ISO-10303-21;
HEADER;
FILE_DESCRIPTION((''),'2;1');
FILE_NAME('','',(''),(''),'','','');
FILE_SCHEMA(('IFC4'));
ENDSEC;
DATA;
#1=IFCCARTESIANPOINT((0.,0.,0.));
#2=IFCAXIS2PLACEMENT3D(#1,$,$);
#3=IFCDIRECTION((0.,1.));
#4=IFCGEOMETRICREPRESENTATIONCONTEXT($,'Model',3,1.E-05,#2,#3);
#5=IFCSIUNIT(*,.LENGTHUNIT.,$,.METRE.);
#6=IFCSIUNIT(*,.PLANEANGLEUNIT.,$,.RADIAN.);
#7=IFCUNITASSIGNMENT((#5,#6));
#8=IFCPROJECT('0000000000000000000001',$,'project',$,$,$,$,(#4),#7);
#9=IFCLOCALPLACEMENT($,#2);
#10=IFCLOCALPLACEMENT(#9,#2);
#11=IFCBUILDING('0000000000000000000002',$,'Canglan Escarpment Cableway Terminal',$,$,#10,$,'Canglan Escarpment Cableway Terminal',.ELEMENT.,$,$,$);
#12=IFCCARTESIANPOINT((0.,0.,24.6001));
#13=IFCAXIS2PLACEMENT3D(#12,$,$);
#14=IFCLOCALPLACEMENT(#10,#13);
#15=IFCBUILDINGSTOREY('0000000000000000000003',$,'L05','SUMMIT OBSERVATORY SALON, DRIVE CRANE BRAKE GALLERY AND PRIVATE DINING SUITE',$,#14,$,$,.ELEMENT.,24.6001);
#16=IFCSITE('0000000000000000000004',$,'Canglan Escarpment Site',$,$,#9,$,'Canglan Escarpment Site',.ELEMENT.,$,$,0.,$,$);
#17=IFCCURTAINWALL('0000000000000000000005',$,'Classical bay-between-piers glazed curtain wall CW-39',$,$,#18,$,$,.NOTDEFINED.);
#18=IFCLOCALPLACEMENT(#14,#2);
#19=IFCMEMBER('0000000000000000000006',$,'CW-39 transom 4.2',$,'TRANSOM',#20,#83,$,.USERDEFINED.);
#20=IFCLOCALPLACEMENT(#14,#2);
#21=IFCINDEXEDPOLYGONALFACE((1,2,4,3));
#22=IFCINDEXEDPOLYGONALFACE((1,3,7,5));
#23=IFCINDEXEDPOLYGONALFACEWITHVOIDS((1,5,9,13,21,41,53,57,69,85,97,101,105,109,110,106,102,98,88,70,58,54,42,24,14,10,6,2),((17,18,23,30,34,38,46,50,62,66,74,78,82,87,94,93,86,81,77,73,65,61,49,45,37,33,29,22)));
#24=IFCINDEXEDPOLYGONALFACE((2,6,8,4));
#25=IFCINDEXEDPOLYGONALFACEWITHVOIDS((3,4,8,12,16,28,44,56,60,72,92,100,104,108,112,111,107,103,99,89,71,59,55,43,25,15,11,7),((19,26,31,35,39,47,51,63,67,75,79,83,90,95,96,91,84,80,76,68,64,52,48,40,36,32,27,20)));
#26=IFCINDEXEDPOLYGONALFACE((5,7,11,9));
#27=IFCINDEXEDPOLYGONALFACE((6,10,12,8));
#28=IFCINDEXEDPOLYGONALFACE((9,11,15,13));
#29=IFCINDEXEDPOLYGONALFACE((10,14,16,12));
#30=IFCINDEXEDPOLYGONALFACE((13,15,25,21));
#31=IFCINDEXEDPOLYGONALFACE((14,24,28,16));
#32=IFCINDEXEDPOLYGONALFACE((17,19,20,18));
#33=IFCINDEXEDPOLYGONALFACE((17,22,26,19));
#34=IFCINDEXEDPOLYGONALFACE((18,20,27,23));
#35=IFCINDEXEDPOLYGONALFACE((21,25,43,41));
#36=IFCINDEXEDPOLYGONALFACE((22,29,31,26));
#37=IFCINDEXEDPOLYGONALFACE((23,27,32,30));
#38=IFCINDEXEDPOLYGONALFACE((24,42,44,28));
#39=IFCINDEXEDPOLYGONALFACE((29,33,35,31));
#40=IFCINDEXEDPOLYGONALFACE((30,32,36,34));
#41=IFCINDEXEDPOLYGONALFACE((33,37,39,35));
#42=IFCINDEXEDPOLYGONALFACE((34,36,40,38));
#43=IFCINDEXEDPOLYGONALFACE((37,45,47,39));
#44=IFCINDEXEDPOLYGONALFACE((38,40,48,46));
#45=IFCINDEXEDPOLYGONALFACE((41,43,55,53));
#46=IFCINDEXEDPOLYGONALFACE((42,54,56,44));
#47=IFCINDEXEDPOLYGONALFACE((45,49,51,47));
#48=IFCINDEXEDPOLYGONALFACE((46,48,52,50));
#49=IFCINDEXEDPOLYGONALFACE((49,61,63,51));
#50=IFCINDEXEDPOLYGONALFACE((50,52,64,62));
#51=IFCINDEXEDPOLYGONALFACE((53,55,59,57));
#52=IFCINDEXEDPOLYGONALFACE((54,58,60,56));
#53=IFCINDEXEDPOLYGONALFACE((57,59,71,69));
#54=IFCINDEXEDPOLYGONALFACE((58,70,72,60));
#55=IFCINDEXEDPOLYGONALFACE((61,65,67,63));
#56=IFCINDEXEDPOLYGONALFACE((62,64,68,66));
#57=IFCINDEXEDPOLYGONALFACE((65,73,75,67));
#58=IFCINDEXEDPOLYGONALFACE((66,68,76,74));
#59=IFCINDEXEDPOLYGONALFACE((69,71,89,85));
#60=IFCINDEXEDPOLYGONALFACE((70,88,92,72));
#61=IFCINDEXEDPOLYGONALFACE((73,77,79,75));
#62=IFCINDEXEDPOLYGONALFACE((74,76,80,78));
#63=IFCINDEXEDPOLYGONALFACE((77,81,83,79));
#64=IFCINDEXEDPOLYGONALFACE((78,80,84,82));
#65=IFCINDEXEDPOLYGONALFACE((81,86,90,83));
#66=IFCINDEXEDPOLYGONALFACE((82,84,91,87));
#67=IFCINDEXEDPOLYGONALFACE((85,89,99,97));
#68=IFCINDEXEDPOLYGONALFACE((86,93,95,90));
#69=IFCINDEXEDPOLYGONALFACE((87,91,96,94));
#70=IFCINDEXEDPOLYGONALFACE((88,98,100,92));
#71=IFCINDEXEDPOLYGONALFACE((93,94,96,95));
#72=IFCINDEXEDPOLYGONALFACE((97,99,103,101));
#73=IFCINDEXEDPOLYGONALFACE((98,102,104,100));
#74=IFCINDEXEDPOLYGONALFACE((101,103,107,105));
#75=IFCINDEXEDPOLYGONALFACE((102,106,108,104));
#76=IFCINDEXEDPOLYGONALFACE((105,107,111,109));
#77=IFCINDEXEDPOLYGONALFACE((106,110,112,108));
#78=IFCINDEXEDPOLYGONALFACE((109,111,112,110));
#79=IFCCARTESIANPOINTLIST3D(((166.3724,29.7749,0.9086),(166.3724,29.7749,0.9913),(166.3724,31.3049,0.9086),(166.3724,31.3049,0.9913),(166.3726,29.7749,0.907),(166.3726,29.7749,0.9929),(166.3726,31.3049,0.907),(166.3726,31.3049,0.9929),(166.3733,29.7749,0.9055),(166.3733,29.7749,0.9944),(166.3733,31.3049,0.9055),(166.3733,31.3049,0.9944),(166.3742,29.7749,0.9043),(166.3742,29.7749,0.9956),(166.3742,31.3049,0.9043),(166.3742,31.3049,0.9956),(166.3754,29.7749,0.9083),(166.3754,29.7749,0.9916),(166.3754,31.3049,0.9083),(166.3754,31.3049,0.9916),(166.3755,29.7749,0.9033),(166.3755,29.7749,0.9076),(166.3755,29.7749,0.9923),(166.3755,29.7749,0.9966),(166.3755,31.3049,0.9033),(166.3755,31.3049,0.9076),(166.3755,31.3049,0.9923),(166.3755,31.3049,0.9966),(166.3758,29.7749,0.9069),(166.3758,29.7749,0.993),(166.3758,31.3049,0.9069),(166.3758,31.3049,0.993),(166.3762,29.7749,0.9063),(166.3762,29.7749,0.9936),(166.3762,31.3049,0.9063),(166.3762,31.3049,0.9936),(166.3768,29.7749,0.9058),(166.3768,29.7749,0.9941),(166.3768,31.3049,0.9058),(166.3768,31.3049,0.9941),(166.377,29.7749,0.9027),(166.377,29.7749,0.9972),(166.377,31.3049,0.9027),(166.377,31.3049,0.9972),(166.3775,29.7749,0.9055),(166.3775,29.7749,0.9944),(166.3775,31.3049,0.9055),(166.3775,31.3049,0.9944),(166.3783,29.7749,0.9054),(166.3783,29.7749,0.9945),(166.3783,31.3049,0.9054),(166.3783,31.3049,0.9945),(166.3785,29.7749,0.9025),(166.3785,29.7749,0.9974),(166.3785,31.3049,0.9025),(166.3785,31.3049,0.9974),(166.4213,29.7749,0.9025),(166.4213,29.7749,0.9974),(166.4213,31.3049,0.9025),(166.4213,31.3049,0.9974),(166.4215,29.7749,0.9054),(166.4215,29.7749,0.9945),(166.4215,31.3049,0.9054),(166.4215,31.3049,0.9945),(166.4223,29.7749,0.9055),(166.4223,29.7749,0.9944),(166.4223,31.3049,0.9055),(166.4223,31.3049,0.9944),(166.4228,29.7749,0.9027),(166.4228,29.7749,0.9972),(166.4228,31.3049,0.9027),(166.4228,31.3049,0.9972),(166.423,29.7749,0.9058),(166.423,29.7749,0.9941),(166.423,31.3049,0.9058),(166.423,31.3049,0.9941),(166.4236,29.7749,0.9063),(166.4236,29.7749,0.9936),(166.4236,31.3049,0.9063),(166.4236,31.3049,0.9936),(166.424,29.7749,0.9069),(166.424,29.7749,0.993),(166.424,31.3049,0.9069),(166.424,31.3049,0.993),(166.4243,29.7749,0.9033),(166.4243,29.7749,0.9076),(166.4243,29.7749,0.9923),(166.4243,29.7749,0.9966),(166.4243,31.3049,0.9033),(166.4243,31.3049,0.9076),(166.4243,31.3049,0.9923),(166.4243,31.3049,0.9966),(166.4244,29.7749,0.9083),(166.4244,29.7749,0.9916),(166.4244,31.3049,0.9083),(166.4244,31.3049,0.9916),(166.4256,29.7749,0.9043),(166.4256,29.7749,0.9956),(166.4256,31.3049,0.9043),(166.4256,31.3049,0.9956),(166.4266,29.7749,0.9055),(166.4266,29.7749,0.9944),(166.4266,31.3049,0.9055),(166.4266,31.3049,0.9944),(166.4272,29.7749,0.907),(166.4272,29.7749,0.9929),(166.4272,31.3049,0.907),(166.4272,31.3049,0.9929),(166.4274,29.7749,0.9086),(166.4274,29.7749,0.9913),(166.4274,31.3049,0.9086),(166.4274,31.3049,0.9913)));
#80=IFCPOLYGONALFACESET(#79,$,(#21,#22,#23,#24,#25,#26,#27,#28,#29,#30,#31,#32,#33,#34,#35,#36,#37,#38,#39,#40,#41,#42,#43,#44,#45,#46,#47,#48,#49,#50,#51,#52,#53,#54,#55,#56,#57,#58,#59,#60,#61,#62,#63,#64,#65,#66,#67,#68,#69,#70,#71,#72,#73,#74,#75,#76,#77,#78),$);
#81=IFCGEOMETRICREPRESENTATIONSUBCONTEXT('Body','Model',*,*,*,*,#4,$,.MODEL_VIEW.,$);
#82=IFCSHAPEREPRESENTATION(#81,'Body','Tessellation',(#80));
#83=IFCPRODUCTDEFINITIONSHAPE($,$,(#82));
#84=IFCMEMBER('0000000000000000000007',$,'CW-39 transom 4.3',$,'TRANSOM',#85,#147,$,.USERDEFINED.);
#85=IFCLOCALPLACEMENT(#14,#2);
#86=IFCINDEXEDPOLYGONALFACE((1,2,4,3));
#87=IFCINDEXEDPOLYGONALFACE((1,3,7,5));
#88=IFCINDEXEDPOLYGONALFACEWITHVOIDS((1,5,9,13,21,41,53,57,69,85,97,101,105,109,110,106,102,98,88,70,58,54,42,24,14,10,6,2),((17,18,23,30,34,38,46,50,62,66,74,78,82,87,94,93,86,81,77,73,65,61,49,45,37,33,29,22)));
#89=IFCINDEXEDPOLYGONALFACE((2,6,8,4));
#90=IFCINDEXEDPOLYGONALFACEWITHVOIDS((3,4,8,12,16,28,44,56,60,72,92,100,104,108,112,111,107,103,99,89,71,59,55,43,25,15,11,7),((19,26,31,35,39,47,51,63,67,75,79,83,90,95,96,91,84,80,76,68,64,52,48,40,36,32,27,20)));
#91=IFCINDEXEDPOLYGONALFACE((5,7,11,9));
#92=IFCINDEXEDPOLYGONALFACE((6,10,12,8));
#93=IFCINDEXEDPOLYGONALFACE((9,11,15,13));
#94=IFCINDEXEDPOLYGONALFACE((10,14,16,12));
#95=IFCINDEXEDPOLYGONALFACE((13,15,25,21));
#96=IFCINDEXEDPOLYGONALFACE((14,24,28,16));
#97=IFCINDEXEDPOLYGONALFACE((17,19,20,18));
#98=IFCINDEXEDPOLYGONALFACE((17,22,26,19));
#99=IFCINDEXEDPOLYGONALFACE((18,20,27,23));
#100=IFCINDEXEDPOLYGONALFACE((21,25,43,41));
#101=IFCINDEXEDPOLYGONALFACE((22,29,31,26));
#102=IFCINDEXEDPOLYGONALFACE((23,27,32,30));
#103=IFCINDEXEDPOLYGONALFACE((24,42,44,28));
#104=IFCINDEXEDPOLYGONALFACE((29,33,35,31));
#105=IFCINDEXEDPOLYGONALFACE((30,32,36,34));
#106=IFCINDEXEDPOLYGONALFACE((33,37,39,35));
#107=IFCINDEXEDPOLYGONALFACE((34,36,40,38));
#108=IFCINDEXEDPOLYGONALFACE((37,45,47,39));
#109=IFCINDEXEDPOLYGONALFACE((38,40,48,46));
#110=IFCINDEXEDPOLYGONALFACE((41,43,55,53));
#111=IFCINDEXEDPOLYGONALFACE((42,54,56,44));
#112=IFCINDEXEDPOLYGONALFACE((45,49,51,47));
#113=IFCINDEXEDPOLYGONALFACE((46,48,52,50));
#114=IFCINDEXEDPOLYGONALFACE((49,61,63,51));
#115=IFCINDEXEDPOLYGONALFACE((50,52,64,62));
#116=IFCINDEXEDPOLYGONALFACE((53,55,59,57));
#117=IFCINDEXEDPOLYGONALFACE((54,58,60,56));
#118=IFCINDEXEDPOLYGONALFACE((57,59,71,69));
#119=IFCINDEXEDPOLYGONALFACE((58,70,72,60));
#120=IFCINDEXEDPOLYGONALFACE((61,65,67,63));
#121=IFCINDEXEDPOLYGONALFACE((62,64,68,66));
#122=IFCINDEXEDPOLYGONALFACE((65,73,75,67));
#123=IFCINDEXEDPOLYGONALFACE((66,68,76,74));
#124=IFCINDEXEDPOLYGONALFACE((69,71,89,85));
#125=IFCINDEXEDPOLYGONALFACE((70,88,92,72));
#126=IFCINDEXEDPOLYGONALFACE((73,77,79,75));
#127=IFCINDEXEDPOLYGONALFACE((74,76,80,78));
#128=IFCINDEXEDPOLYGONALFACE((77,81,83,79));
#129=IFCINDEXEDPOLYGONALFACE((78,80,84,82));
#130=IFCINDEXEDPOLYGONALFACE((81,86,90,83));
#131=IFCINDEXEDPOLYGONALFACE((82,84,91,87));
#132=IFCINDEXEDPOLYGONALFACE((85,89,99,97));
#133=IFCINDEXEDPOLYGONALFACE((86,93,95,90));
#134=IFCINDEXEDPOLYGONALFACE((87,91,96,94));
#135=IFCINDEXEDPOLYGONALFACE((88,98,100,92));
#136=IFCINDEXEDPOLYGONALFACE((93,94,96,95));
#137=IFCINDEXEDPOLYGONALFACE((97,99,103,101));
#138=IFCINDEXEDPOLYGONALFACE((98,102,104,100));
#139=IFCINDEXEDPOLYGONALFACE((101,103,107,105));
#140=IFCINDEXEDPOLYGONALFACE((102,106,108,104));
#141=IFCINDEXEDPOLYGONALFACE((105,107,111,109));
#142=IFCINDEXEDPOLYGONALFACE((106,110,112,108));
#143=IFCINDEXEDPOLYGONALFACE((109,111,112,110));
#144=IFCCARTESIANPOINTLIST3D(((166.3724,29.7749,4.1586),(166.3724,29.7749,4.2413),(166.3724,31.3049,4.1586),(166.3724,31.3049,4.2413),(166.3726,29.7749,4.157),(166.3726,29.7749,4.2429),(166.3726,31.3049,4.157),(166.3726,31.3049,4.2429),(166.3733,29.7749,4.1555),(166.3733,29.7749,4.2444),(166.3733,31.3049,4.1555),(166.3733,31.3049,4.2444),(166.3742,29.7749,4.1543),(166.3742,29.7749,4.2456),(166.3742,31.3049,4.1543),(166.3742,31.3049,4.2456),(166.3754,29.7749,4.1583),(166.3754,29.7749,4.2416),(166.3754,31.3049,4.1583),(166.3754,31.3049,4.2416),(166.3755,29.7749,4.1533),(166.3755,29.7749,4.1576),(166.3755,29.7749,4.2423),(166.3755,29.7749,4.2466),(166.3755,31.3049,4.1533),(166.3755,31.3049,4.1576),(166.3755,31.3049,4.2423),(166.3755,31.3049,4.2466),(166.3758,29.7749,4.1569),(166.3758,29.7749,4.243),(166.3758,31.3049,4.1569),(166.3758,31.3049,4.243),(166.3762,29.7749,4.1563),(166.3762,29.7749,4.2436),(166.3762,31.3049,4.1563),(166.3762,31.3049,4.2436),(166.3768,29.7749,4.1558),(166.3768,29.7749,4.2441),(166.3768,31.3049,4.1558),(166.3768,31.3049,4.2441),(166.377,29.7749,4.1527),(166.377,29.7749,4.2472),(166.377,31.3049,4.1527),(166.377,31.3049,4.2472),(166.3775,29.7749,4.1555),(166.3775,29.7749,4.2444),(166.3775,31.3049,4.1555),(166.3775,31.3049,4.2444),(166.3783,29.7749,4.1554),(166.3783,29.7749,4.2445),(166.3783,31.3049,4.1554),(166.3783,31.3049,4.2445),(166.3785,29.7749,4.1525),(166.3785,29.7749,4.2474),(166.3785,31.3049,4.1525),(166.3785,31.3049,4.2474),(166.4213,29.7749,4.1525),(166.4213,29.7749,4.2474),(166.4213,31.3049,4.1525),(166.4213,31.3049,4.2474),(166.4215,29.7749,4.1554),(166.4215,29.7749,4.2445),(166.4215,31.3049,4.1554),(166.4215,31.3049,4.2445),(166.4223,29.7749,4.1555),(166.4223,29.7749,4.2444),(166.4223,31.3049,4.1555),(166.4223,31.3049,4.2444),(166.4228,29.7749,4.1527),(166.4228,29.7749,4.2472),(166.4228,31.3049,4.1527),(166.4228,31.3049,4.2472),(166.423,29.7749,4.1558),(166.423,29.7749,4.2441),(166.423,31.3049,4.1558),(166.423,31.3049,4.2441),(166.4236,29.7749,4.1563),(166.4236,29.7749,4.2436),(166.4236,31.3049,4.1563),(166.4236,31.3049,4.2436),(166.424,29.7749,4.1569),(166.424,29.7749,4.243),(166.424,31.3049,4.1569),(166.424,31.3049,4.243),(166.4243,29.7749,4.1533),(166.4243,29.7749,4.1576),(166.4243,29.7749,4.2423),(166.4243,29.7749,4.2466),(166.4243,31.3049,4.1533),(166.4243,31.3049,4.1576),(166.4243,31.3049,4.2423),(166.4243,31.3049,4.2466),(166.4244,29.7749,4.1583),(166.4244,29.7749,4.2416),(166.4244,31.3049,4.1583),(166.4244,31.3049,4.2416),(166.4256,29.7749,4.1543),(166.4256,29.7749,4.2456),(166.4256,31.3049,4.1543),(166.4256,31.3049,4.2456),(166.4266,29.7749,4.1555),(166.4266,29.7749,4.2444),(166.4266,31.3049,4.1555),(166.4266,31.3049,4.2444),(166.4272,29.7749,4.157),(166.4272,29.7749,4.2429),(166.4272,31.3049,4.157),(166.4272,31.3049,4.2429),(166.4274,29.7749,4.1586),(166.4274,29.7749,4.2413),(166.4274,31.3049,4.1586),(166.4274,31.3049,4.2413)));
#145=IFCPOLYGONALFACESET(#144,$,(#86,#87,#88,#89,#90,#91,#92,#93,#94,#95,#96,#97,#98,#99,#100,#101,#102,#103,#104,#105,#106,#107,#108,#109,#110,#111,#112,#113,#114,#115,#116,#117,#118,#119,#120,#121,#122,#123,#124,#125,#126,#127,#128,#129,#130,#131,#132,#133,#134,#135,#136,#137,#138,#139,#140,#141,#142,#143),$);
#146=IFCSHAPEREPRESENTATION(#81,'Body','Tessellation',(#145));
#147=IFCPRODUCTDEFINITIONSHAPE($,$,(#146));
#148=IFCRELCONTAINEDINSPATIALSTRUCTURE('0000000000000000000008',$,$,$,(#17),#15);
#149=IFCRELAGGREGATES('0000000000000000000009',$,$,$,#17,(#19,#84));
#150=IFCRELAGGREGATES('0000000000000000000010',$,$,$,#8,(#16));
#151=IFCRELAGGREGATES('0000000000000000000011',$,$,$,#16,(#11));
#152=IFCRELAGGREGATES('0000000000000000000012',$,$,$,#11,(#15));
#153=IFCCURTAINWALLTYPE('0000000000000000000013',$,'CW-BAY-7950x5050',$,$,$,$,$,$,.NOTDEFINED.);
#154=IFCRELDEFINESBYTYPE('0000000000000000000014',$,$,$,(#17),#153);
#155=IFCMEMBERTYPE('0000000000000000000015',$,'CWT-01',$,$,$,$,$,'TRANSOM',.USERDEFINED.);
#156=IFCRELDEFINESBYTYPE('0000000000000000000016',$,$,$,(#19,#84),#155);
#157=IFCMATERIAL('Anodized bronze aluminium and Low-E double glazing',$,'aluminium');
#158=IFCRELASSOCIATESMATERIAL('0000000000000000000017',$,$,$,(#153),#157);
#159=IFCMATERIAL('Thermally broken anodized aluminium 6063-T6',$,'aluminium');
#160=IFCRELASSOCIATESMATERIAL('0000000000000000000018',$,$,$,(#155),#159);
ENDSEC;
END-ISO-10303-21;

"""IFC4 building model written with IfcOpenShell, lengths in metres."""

from ifc_helpers import new_model, si_unit, direction, frame, origin, origin_2d, place, context, subcontext, project, spatial, hollow_rectangle, extrude, material, material_profile, profile_set, type_object, element, aggregate, save


model = new_model("IFC4")

# Units and contexts
model_context = context("Model", 3, precision=1e-05, world=origin(), true_north=direction((0.0, 1.0)))
body_context = subcontext(model_context, "Body", "Model", "MODEL_VIEW")
ifc_project = project(units=[si_unit("LENGTHUNIT", "METRE"), si_unit("PLANEANGLEUNIT", "RADIAN")], contexts=[model_context])

# Site, building, storey
site_placement = place(None, origin())
site = spatial("IfcSite", under=ifc_project, at=site_placement, Name="Canglan Escarpment Site", LongName="Canglan Escarpment Site", CompositionType="ELEMENT", RefElevation=0.0)
building_placement = place(site_placement, origin())
building = spatial("IfcBuilding", under=site, at=building_placement, Name="Canglan Escarpment Cableway Terminal", LongName="Canglan Escarpment Cableway Terminal", CompositionType="ELEMENT")
storey_placement = place(building_placement, frame((0.0, 0.0, 24.6001)))
storey = spatial("IfcBuildingStorey", under=building, at=storey_placement, Name="L05", Description="SUMMIT OBSERVATORY SALON, DRIVE CRANE BRAKE GALLERY AND PRIVATE DINING SUITE", CompositionType="ELEMENT", Elevation=24.6001)

# Curtain wall, members
ifc_material_1 = material(Name="Anodized bronze aluminium and Low-E double glazing", Category="aluminium")
curtain_wall_type = type_object("IfcCurtainWallType", Name="CW-BAY-7950x5050", PredefinedType="NOTDEFINED", material=ifc_material_1)
curtain_wall_placement = place(storey_placement, origin())
curtain_wall = element("IfcCurtainWall", 1, at=curtain_wall_placement, inside=storey, type_object=curtain_wall_type, Name="Classical bay-between-piers glazed curtain wall CW-39", PredefinedType="NOTDEFINED")
ifc_material_2 = material(Name="Thermally broken anodized aluminium 6063-T6", Category="aluminium")
ifc_material_profile_1 = material_profile(ifc_material_2, hollow_rectangle(XDim=0.0549, YDim=0.095, WallThickness=0.0029, InnerFilletRadius=0.0029, OuterFilletRadius=0.0061, at=origin_2d()), Name="ALU-TRAN 55x95x3")
ifc_profile_set_1 = profile_set([ifc_material_profile_1], Name="Thermally broken anodized aluminium 6063-T6")
member_type_1 = type_object("IfcMemberType", Name="CWT-01", ElementType="TRANSOM", PredefinedType="USERDEFINED", material=ifc_profile_set_1)
member_1_placement = place(storey_placement, frame((166.3999, 29.7749, 0.95), z_axis=(0.0, 1.0, 0.0), x_axis=(-1.0, 0.0, 0.0)))
member_1 = element("IfcMember", 2, at=member_1_placement, type_object=member_type_1, Name="CW-39 transom 4.2", ObjectType="TRANSOM", PredefinedType="USERDEFINED", context=body_context, shape_type="SweptSolid", body=[
    extrude(hollow_rectangle(XDim=0.0549, YDim=0.095, WallThickness=0.0029, InnerFilletRadius=0.0029, OuterFilletRadius=0.0061, at=origin_2d()), origin(), (0.0, 0.0, 1.0), 1.53),
])
member_2_placement = place(storey_placement, frame((166.3999, 29.7749, 4.2), z_axis=(0.0, 1.0, 0.0), x_axis=(-1.0, 0.0, 0.0)))
member_2 = element("IfcMember", 3, at=member_2_placement, type_object=member_type_1, Name="CW-39 transom 4.3", ObjectType="TRANSOM", PredefinedType="USERDEFINED", context=body_context, shape_type="SweptSolid", body=[
    extrude(hollow_rectangle(XDim=0.0549, YDim=0.095, WallThickness=0.0029, InnerFilletRadius=0.0029, OuterFilletRadius=0.0061, at=origin_2d()), origin(), (0.0, 0.0, 1.0), 1.53),
])
aggregate(curtain_wall, [member_1, member_2])

save(model, "model.ifc")
